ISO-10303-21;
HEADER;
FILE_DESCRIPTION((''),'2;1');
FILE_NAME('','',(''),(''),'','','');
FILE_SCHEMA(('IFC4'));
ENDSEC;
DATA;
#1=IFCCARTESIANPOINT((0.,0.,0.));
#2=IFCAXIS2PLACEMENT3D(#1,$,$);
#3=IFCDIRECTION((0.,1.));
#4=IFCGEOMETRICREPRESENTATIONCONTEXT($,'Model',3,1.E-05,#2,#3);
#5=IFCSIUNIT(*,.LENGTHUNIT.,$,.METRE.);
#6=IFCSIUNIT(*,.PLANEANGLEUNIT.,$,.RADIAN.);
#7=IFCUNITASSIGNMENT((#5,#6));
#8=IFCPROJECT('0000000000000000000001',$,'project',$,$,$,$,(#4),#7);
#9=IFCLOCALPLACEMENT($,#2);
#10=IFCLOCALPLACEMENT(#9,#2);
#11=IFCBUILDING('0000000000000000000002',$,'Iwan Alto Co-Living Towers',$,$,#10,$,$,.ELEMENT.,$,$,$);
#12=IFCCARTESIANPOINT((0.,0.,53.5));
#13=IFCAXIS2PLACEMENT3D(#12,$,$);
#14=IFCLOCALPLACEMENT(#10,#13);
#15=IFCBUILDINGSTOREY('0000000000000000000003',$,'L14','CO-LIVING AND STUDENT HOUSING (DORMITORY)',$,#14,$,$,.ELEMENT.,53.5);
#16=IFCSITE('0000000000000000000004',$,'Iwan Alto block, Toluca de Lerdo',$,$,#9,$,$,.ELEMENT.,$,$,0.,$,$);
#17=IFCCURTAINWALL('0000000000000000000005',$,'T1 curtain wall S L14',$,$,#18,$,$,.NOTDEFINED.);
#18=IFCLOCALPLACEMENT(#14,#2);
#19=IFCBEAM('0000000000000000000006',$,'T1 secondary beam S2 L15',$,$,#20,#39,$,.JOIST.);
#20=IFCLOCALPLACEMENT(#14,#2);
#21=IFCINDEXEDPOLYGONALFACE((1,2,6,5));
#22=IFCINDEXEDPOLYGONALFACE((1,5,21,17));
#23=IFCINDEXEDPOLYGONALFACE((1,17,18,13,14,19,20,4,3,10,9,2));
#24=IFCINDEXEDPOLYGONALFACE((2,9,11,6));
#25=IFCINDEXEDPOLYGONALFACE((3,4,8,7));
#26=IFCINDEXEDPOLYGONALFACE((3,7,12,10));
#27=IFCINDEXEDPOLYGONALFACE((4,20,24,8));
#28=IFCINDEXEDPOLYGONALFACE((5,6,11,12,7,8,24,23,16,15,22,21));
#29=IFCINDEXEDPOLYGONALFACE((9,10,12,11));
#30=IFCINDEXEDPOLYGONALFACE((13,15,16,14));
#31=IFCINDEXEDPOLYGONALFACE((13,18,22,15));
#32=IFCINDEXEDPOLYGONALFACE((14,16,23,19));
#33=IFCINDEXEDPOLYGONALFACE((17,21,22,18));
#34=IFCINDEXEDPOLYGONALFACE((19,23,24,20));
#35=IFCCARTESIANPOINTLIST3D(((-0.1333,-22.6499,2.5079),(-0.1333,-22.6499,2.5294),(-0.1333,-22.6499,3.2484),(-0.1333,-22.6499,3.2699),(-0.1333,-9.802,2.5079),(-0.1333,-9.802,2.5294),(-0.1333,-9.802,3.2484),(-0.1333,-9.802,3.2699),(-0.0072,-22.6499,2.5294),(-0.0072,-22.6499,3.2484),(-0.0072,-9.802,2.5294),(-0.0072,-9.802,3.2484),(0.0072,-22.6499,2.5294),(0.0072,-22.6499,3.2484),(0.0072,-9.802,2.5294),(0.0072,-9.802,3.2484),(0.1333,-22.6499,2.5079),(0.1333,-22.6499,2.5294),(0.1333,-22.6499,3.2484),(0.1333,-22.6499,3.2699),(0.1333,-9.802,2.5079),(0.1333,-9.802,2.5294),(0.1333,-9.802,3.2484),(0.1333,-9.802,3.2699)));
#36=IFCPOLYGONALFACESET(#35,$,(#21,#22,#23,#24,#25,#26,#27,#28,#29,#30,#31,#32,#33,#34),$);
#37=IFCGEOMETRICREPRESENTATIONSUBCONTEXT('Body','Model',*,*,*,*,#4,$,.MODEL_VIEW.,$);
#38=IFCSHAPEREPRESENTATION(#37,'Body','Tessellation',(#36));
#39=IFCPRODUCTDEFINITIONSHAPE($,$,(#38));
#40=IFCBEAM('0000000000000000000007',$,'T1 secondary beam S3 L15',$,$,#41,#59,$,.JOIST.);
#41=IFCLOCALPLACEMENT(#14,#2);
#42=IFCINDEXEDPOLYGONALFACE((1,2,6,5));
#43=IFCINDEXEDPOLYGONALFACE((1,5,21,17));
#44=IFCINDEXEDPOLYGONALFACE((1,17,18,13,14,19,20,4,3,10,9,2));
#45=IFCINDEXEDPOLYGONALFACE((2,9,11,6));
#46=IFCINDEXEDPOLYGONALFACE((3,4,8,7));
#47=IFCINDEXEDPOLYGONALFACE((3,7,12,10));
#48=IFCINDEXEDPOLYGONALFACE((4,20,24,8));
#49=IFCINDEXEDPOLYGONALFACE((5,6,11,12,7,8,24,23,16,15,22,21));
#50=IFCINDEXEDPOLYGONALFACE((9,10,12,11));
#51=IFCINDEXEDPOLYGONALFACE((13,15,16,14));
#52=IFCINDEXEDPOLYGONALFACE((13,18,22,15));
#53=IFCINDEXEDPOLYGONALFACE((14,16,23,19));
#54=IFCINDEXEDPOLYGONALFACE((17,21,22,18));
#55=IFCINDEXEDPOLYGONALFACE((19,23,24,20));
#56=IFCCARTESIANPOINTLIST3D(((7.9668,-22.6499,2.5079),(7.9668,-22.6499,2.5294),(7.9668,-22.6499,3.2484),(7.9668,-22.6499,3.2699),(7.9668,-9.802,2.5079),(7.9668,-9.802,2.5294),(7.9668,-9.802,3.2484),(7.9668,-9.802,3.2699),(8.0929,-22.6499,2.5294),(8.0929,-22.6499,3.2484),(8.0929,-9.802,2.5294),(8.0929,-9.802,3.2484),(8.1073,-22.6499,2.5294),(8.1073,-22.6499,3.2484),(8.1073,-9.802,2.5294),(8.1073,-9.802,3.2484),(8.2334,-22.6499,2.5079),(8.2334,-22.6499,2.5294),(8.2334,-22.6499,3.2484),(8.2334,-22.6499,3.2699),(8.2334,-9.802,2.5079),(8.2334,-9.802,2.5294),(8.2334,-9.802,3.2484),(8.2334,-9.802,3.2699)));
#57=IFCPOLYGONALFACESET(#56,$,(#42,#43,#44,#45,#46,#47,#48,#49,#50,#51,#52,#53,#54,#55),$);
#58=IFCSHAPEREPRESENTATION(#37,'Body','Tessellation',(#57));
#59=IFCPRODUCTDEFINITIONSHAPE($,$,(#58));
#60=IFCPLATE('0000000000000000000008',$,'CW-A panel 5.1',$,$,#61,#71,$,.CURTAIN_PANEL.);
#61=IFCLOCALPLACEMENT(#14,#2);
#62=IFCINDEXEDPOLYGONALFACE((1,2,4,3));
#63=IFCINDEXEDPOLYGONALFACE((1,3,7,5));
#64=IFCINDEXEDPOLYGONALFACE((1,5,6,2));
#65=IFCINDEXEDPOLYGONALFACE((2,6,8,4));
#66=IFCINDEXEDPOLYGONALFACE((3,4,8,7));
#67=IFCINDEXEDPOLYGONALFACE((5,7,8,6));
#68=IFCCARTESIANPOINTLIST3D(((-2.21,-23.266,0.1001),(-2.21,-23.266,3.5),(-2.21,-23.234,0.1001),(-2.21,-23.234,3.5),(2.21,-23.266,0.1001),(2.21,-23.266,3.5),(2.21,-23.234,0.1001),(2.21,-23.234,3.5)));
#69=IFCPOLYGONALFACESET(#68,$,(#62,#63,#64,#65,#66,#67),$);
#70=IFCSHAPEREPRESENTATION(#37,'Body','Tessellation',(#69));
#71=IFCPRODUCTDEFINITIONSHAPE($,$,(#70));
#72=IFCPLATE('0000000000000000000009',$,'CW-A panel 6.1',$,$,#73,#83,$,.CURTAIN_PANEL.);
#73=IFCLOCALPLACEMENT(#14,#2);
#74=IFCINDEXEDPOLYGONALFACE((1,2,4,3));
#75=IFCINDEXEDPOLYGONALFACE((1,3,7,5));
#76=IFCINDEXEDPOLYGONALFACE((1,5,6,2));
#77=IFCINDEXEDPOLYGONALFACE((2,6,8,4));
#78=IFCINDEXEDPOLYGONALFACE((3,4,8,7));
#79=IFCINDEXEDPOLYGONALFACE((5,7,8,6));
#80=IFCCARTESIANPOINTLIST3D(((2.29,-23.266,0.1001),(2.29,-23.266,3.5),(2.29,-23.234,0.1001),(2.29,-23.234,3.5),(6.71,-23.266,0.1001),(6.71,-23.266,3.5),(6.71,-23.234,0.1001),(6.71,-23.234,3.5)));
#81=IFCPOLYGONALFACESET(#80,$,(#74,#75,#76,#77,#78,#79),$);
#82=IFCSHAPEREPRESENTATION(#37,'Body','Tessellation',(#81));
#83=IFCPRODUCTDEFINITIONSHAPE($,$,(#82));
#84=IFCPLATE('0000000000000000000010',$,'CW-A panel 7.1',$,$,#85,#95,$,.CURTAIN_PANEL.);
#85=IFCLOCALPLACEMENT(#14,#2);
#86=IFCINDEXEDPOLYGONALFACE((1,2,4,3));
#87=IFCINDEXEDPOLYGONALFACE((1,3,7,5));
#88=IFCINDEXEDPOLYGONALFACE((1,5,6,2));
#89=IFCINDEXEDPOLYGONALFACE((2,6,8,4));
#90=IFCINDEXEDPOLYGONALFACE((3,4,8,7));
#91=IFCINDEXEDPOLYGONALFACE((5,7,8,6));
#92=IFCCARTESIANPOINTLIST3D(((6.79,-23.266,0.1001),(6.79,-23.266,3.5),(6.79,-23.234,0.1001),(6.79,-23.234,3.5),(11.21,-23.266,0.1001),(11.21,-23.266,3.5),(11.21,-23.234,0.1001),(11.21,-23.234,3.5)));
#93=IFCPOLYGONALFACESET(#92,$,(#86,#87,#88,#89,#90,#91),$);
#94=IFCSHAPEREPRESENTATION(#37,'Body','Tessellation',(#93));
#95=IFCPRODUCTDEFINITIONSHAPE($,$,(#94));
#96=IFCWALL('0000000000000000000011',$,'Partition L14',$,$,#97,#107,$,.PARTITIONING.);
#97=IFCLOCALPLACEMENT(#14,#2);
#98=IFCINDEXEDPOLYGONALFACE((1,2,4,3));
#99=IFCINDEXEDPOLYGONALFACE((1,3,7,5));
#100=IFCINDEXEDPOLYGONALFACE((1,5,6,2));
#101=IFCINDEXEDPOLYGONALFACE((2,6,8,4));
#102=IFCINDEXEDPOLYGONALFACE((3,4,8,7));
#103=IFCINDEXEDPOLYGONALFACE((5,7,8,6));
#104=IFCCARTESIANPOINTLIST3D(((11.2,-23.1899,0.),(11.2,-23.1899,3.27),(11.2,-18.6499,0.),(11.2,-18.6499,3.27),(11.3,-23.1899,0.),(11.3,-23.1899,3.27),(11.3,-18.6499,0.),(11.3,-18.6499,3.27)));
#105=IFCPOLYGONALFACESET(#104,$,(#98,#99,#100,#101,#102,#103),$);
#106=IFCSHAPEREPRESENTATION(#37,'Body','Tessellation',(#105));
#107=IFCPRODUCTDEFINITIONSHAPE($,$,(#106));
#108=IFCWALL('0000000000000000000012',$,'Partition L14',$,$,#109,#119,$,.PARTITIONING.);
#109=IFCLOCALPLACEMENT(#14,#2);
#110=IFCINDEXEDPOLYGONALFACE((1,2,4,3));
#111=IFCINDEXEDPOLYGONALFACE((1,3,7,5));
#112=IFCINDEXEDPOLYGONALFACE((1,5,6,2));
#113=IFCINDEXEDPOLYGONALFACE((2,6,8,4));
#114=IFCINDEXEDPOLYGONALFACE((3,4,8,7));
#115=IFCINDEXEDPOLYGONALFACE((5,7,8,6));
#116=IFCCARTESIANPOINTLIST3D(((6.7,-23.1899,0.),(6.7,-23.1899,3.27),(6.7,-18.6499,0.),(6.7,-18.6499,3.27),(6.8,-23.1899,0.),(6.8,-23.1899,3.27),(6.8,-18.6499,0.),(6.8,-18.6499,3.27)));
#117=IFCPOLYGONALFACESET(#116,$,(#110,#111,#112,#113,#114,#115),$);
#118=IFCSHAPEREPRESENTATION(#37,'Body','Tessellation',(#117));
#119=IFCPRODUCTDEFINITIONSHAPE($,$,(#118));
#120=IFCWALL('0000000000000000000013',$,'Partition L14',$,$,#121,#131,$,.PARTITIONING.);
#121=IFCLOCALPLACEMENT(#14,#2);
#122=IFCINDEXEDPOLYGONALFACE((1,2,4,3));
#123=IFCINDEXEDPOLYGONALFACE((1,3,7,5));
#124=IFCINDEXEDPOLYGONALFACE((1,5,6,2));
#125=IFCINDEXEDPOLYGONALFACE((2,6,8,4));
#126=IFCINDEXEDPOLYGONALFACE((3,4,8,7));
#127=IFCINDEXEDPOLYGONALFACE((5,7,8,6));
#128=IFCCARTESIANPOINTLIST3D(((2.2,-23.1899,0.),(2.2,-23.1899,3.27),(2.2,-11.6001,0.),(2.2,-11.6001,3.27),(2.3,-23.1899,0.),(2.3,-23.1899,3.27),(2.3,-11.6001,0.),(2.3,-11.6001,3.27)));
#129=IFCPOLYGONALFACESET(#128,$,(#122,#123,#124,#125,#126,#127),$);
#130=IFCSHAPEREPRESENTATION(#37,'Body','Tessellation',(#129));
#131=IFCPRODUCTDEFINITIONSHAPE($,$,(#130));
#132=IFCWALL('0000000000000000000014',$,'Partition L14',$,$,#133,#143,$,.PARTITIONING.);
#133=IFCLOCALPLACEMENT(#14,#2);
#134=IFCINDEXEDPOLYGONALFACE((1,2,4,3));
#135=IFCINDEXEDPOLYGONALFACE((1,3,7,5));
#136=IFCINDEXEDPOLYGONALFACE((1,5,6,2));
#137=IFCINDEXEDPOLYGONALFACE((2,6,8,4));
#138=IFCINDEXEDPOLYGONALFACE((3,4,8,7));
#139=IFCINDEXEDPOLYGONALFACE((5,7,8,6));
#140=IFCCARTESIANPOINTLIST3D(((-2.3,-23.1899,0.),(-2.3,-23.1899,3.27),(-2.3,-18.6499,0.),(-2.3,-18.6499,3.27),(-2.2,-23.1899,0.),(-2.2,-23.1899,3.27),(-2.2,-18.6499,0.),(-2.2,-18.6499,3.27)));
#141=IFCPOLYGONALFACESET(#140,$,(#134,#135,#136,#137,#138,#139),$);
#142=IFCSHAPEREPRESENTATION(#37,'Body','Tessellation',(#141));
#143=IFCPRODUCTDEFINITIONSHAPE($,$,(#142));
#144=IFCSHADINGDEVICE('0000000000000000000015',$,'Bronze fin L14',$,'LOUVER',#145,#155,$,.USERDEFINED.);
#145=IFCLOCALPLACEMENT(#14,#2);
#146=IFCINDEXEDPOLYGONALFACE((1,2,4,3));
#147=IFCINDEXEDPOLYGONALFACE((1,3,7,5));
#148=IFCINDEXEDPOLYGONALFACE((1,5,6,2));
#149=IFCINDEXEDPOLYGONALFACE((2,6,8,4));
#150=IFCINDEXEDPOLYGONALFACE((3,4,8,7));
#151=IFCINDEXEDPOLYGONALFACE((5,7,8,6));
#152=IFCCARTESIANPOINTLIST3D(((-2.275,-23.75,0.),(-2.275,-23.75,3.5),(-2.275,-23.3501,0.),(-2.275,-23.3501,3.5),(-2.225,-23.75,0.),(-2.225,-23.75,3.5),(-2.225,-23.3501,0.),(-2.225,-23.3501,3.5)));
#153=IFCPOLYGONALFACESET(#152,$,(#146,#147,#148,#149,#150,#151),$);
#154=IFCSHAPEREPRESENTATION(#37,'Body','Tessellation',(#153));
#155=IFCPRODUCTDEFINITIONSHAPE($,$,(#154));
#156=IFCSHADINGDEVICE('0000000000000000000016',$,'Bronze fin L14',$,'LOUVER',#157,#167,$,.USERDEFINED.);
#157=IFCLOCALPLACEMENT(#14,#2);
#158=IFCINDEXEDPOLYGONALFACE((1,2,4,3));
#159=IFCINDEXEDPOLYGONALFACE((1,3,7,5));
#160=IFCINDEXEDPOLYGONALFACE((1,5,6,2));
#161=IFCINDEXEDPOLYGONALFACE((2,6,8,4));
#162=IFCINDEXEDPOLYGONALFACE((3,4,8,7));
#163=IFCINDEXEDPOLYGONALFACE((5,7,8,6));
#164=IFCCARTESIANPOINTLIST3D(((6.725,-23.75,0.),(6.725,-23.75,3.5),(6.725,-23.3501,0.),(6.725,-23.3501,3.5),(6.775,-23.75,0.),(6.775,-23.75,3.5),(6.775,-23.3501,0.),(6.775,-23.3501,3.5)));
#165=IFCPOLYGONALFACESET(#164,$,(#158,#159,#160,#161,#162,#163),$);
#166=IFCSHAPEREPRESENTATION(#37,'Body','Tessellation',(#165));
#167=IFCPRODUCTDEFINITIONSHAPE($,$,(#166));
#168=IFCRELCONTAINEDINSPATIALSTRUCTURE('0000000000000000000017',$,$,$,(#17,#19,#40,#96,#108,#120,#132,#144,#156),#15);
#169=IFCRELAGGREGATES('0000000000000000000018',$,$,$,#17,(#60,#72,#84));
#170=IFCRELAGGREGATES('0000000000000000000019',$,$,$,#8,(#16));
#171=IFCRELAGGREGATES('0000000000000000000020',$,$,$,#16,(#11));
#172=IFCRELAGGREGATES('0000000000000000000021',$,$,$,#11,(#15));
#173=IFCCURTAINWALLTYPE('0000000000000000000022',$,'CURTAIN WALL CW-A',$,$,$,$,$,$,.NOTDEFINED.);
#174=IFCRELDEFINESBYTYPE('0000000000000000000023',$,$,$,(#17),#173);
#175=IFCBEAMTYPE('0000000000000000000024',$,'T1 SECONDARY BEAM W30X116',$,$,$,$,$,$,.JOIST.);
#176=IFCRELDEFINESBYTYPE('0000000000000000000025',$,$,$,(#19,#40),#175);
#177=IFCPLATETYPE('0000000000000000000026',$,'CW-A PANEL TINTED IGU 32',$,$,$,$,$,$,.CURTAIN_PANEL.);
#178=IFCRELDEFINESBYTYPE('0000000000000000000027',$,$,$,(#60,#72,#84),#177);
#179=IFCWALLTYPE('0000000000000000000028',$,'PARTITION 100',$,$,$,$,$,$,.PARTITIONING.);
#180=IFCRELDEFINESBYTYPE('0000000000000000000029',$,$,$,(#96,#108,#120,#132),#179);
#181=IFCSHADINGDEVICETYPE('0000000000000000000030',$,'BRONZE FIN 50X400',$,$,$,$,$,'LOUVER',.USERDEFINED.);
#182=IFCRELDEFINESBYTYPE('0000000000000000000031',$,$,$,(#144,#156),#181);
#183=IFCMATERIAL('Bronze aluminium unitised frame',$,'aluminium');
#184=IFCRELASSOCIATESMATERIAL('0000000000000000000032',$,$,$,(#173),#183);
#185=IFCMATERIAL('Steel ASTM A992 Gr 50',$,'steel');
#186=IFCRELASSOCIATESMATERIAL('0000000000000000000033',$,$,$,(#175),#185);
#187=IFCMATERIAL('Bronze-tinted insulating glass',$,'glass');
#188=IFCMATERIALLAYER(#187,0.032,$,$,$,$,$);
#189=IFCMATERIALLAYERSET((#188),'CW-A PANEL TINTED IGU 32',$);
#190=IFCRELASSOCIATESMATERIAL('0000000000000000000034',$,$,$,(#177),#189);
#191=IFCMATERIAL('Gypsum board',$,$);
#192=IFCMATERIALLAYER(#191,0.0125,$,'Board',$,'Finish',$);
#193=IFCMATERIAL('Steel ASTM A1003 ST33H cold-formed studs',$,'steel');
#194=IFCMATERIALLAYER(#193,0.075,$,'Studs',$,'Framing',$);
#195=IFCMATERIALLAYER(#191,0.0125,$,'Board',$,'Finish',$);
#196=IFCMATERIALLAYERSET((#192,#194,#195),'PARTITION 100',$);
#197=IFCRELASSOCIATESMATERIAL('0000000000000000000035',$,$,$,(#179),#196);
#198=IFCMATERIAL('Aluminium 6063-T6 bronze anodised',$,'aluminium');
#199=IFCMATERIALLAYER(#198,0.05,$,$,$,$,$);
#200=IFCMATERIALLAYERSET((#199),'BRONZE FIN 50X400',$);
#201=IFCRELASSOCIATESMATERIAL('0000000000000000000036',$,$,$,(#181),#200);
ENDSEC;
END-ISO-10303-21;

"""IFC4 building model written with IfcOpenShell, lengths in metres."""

from ifc_helpers import new_model, si_unit, direction, frame, frame_2d, origin, origin_2d, place, context, subcontext, project, spatial, rectangle, i_section, extrude, material, layer, layer_set, material_profile, profile_set, type_object, element, aggregate, save


model = new_model("IFC4")

# Units and contexts
model_context = context("Model", 3, precision=1e-05, world=origin(), true_north=direction((0.0, 1.0)))
body_context = subcontext(model_context, "Body", "Model", "MODEL_VIEW")
ifc_project = project(units=[si_unit("LENGTHUNIT", "METRE"), si_unit("PLANEANGLEUNIT", "RADIAN")], contexts=[model_context])

# Site, building, storey
site_placement = place(None, origin())
site = spatial("IfcSite", under=ifc_project, at=site_placement, Name="Iwan Alto block, Toluca de Lerdo", CompositionType="ELEMENT", RefElevation=0.0)
building_placement = place(site_placement, origin())
building = spatial("IfcBuilding", under=site, at=building_placement, Name="Iwan Alto Co-Living Towers", CompositionType="ELEMENT")
storey_placement = place(building_placement, frame((0.0, 0.0, 53.5)))
storey = spatial("IfcBuildingStorey", under=building, at=storey_placement, Name="L14", Description="CO-LIVING AND STUDENT HOUSING (DORMITORY)", CompositionType="ELEMENT", Elevation=53.5)

# Curtain wall
ifc_material_1 = material(Name="Bronze aluminium unitised frame", Category="aluminium")
curtain_wall_type = type_object("IfcCurtainWallType", Name="CURTAIN WALL CW-A", PredefinedType="NOTDEFINED", material=ifc_material_1)
curtain_wall_placement = place(storey_placement, origin())
curtain_wall = element("IfcCurtainWall", 1, at=curtain_wall_placement, inside=storey, type_object=curtain_wall_type, Name="T1 curtain wall S L14", PredefinedType="NOTDEFINED")

# Beams
ifc_material_2 = material(Name="Steel ASTM A992 Gr 50", Category="steel")
ifc_material_profile_1 = material_profile(ifc_material_2, i_section(OverallWidth=0.2666, OverallDepth=0.762, WebThickness=0.0144, FlangeThickness=0.0215, at=origin_2d()), Name="W30X116")
ifc_profile_set_1 = profile_set([ifc_material_profile_1], Name="Steel ASTM A992 Gr 50")
beam_type_1 = type_object("IfcBeamType", Name="T1 SECONDARY BEAM W30X116", PredefinedType="JOIST", material=ifc_profile_set_1)
for number, where, z_axis, x_axis, name in (
    (2, (0.0, -22.6499, 2.8889), (0.0, 1.0, 0.0), (-1.0, 0.0, 0.0), "T1 secondary beam S2 L15"),
    (3, (8.1001, -22.6499, 2.8889), (0.0, 1.0, 0.0), (-1.0, 0.0, 0.0), "T1 secondary beam S3 L15"),
):
    element("IfcBeam", number, at=place(storey_placement, frame(where, z_axis=z_axis, x_axis=x_axis)), inside=storey, type_object=beam_type_1, Name=name, PredefinedType="JOIST", context=body_context, shape_type="SweptSolid", body=[
        extrude(i_section(OverallWidth=0.2666, OverallDepth=0.762, WebThickness=0.0144, FlangeThickness=0.0215, at=origin_2d()), origin(), (0.0, 0.0, 1.0), 12.8479),
    ])

# Plates
ifc_material_3 = material(Name="Bronze-tinted insulating glass", Category="glass")
ifc_layer_1 = layer(ifc_material_3, 0.032)
ifc_layer_set_1 = layer_set([ifc_layer_1], Name="CW-A PANEL TINTED IGU 32")
plate_type = type_object("IfcPlateType", Name="CW-A PANEL TINTED IGU 32", PredefinedType="CURTAIN_PANEL", material=ifc_layer_set_1)
plate_1_placement = place(storey_placement, frame((0.0, -23.25, 0.1001), z_axis=(0.0, 0.0, 1.0), x_axis=(1.0, 0.0, 0.0)))
plate_1 = element("IfcPlate", 4, at=plate_1_placement, type_object=plate_type, Name="CW-A panel 5.1", PredefinedType="CURTAIN_PANEL", context=body_context, shape_type="SweptSolid", body=[
    extrude(rectangle(XDim=4.4199, YDim=0.032, at=origin_2d()), origin(), (0.0, 0.0, 1.0), 3.3999),
])
plate_2_placement = place(storey_placement, frame((4.5, -23.25, 0.1001), z_axis=(0.0, 0.0, 1.0), x_axis=(1.0, 0.0, 0.0)))
plate_2 = element("IfcPlate", 5, at=plate_2_placement, type_object=plate_type, Name="CW-A panel 6.1", PredefinedType="CURTAIN_PANEL", context=body_context, shape_type="SweptSolid", body=[
    extrude(rectangle(XDim=4.4199, YDim=0.032, at=origin_2d()), origin(), (0.0, 0.0, 1.0), 3.3999),
])
plate_3_placement = place(storey_placement, frame((9.0, -23.25, 0.1001), z_axis=(0.0, 0.0, 1.0), x_axis=(1.0, 0.0, 0.0)))
plate_3 = element("IfcPlate", 6, at=plate_3_placement, type_object=plate_type, Name="CW-A panel 7.1", PredefinedType="CURTAIN_PANEL", context=body_context, shape_type="SweptSolid", body=[
    extrude(rectangle(XDim=4.4199, YDim=0.032, at=origin_2d()), origin(), (0.0, 0.0, 1.0), 3.3999),
])
aggregate(curtain_wall, [plate_1, plate_2, plate_3])

# Walls
ifc_material_4 = material(Name="Gypsum board")
ifc_layer_2 = layer(ifc_material_4, 0.0125, Name="Board", Category="Finish")
ifc_material_5 = material(Name="Steel ASTM A1003 ST33H cold-formed studs", Category="steel")
ifc_layer_3 = layer(ifc_material_5, 0.075, Name="Studs", Category="Framing")
ifc_layer_4 = layer(ifc_material_4, 0.0125, Name="Board", Category="Finish")
ifc_layer_set_2 = layer_set([ifc_layer_2, ifc_layer_3, ifc_layer_4], Name="PARTITION 100")
wall_type = type_object("IfcWallType", Name="PARTITION 100", PredefinedType="PARTITIONING", material=ifc_layer_set_2)
for number, where, z_axis, x_axis, name in (
    (7, (11.25, -23.1899, 0.0), (0.0, 0.0, 1.0), (0.0, 1.0, 0.0), "Partition L14"),
    (8, (6.75, -23.1899, 0.0), (0.0, 0.0, 1.0), (0.0, 1.0, 0.0), "Partition L14"),
):
    element("IfcWall", number, at=place(storey_placement, frame(where, z_axis=z_axis, x_axis=x_axis)), inside=storey, type_object=wall_type, Name=name, PredefinedType="PARTITIONING", context=body_context, shape_type="SweptSolid", body=[
        extrude(rectangle(XDim=4.54, YDim=0.1001, at=frame_2d((2.27, 0.0))), origin(), (0.0, 0.0, 1.0), 3.27),
    ])
wall_1_placement = place(storey_placement, frame((2.25, -23.1899, 0.0), z_axis=(0.0, 0.0, 1.0), x_axis=(0.0, 1.0, 0.0)))
element("IfcWall", 9, at=wall_1_placement, inside=storey, type_object=wall_type, Name="Partition L14", PredefinedType="PARTITIONING", context=body_context, shape_type="SweptSolid", body=[
    extrude(rectangle(XDim=11.5898, YDim=0.1001, at=frame_2d((5.7949, 0.0))), origin(), (0.0, 0.0, 1.0), 3.27),
])
wall_2_placement = place(storey_placement, frame((-2.25, -23.1899, 0.0), z_axis=(0.0, 0.0, 1.0), x_axis=(0.0, 1.0, 0.0)))
element("IfcWall", 10, at=wall_2_placement, inside=storey, type_object=wall_type, Name="Partition L14", PredefinedType="PARTITIONING", context=body_context, shape_type="SweptSolid", body=[
    extrude(rectangle(XDim=4.54, YDim=0.1001, at=frame_2d((2.27, 0.0))), origin(), (0.0, 0.0, 1.0), 3.27),
])

# Shading devices
ifc_material_6 = material(Name="Aluminium 6063-T6 bronze anodised", Category="aluminium")
ifc_layer_5 = layer(ifc_material_6, 0.05)
ifc_layer_set_3 = layer_set([ifc_layer_5], Name="BRONZE FIN 50X400")
shading_device_type = type_object("IfcShadingDeviceType", Name="BRONZE FIN 50X400", ElementType="LOUVER", PredefinedType="USERDEFINED", material=ifc_layer_set_3)
for number, where, z_axis, x_axis, name in (
    (11, (-2.25, -23.55, 0.0), (0.0, 0.0, 1.0), (1.0, 0.0, 0.0), "Bronze fin L14"),
    (12, (6.75, -23.55, 0.0), (0.0, 0.0, 1.0), (1.0, 0.0, 0.0), "Bronze fin L14"),
):
    element("IfcShadingDevice", number, at=place(storey_placement, frame(where, z_axis=z_axis, x_axis=x_axis)), inside=storey, type_object=shading_device_type, Name=name, ObjectType="LOUVER", PredefinedType="USERDEFINED", context=body_context, shape_type="SweptSolid", body=[
        extrude(rectangle(XDim=0.05, YDim=0.3999, at=origin_2d()), origin(), (0.0, 0.0, 1.0), 3.5),
    ])

save(model, "model.ifc")
